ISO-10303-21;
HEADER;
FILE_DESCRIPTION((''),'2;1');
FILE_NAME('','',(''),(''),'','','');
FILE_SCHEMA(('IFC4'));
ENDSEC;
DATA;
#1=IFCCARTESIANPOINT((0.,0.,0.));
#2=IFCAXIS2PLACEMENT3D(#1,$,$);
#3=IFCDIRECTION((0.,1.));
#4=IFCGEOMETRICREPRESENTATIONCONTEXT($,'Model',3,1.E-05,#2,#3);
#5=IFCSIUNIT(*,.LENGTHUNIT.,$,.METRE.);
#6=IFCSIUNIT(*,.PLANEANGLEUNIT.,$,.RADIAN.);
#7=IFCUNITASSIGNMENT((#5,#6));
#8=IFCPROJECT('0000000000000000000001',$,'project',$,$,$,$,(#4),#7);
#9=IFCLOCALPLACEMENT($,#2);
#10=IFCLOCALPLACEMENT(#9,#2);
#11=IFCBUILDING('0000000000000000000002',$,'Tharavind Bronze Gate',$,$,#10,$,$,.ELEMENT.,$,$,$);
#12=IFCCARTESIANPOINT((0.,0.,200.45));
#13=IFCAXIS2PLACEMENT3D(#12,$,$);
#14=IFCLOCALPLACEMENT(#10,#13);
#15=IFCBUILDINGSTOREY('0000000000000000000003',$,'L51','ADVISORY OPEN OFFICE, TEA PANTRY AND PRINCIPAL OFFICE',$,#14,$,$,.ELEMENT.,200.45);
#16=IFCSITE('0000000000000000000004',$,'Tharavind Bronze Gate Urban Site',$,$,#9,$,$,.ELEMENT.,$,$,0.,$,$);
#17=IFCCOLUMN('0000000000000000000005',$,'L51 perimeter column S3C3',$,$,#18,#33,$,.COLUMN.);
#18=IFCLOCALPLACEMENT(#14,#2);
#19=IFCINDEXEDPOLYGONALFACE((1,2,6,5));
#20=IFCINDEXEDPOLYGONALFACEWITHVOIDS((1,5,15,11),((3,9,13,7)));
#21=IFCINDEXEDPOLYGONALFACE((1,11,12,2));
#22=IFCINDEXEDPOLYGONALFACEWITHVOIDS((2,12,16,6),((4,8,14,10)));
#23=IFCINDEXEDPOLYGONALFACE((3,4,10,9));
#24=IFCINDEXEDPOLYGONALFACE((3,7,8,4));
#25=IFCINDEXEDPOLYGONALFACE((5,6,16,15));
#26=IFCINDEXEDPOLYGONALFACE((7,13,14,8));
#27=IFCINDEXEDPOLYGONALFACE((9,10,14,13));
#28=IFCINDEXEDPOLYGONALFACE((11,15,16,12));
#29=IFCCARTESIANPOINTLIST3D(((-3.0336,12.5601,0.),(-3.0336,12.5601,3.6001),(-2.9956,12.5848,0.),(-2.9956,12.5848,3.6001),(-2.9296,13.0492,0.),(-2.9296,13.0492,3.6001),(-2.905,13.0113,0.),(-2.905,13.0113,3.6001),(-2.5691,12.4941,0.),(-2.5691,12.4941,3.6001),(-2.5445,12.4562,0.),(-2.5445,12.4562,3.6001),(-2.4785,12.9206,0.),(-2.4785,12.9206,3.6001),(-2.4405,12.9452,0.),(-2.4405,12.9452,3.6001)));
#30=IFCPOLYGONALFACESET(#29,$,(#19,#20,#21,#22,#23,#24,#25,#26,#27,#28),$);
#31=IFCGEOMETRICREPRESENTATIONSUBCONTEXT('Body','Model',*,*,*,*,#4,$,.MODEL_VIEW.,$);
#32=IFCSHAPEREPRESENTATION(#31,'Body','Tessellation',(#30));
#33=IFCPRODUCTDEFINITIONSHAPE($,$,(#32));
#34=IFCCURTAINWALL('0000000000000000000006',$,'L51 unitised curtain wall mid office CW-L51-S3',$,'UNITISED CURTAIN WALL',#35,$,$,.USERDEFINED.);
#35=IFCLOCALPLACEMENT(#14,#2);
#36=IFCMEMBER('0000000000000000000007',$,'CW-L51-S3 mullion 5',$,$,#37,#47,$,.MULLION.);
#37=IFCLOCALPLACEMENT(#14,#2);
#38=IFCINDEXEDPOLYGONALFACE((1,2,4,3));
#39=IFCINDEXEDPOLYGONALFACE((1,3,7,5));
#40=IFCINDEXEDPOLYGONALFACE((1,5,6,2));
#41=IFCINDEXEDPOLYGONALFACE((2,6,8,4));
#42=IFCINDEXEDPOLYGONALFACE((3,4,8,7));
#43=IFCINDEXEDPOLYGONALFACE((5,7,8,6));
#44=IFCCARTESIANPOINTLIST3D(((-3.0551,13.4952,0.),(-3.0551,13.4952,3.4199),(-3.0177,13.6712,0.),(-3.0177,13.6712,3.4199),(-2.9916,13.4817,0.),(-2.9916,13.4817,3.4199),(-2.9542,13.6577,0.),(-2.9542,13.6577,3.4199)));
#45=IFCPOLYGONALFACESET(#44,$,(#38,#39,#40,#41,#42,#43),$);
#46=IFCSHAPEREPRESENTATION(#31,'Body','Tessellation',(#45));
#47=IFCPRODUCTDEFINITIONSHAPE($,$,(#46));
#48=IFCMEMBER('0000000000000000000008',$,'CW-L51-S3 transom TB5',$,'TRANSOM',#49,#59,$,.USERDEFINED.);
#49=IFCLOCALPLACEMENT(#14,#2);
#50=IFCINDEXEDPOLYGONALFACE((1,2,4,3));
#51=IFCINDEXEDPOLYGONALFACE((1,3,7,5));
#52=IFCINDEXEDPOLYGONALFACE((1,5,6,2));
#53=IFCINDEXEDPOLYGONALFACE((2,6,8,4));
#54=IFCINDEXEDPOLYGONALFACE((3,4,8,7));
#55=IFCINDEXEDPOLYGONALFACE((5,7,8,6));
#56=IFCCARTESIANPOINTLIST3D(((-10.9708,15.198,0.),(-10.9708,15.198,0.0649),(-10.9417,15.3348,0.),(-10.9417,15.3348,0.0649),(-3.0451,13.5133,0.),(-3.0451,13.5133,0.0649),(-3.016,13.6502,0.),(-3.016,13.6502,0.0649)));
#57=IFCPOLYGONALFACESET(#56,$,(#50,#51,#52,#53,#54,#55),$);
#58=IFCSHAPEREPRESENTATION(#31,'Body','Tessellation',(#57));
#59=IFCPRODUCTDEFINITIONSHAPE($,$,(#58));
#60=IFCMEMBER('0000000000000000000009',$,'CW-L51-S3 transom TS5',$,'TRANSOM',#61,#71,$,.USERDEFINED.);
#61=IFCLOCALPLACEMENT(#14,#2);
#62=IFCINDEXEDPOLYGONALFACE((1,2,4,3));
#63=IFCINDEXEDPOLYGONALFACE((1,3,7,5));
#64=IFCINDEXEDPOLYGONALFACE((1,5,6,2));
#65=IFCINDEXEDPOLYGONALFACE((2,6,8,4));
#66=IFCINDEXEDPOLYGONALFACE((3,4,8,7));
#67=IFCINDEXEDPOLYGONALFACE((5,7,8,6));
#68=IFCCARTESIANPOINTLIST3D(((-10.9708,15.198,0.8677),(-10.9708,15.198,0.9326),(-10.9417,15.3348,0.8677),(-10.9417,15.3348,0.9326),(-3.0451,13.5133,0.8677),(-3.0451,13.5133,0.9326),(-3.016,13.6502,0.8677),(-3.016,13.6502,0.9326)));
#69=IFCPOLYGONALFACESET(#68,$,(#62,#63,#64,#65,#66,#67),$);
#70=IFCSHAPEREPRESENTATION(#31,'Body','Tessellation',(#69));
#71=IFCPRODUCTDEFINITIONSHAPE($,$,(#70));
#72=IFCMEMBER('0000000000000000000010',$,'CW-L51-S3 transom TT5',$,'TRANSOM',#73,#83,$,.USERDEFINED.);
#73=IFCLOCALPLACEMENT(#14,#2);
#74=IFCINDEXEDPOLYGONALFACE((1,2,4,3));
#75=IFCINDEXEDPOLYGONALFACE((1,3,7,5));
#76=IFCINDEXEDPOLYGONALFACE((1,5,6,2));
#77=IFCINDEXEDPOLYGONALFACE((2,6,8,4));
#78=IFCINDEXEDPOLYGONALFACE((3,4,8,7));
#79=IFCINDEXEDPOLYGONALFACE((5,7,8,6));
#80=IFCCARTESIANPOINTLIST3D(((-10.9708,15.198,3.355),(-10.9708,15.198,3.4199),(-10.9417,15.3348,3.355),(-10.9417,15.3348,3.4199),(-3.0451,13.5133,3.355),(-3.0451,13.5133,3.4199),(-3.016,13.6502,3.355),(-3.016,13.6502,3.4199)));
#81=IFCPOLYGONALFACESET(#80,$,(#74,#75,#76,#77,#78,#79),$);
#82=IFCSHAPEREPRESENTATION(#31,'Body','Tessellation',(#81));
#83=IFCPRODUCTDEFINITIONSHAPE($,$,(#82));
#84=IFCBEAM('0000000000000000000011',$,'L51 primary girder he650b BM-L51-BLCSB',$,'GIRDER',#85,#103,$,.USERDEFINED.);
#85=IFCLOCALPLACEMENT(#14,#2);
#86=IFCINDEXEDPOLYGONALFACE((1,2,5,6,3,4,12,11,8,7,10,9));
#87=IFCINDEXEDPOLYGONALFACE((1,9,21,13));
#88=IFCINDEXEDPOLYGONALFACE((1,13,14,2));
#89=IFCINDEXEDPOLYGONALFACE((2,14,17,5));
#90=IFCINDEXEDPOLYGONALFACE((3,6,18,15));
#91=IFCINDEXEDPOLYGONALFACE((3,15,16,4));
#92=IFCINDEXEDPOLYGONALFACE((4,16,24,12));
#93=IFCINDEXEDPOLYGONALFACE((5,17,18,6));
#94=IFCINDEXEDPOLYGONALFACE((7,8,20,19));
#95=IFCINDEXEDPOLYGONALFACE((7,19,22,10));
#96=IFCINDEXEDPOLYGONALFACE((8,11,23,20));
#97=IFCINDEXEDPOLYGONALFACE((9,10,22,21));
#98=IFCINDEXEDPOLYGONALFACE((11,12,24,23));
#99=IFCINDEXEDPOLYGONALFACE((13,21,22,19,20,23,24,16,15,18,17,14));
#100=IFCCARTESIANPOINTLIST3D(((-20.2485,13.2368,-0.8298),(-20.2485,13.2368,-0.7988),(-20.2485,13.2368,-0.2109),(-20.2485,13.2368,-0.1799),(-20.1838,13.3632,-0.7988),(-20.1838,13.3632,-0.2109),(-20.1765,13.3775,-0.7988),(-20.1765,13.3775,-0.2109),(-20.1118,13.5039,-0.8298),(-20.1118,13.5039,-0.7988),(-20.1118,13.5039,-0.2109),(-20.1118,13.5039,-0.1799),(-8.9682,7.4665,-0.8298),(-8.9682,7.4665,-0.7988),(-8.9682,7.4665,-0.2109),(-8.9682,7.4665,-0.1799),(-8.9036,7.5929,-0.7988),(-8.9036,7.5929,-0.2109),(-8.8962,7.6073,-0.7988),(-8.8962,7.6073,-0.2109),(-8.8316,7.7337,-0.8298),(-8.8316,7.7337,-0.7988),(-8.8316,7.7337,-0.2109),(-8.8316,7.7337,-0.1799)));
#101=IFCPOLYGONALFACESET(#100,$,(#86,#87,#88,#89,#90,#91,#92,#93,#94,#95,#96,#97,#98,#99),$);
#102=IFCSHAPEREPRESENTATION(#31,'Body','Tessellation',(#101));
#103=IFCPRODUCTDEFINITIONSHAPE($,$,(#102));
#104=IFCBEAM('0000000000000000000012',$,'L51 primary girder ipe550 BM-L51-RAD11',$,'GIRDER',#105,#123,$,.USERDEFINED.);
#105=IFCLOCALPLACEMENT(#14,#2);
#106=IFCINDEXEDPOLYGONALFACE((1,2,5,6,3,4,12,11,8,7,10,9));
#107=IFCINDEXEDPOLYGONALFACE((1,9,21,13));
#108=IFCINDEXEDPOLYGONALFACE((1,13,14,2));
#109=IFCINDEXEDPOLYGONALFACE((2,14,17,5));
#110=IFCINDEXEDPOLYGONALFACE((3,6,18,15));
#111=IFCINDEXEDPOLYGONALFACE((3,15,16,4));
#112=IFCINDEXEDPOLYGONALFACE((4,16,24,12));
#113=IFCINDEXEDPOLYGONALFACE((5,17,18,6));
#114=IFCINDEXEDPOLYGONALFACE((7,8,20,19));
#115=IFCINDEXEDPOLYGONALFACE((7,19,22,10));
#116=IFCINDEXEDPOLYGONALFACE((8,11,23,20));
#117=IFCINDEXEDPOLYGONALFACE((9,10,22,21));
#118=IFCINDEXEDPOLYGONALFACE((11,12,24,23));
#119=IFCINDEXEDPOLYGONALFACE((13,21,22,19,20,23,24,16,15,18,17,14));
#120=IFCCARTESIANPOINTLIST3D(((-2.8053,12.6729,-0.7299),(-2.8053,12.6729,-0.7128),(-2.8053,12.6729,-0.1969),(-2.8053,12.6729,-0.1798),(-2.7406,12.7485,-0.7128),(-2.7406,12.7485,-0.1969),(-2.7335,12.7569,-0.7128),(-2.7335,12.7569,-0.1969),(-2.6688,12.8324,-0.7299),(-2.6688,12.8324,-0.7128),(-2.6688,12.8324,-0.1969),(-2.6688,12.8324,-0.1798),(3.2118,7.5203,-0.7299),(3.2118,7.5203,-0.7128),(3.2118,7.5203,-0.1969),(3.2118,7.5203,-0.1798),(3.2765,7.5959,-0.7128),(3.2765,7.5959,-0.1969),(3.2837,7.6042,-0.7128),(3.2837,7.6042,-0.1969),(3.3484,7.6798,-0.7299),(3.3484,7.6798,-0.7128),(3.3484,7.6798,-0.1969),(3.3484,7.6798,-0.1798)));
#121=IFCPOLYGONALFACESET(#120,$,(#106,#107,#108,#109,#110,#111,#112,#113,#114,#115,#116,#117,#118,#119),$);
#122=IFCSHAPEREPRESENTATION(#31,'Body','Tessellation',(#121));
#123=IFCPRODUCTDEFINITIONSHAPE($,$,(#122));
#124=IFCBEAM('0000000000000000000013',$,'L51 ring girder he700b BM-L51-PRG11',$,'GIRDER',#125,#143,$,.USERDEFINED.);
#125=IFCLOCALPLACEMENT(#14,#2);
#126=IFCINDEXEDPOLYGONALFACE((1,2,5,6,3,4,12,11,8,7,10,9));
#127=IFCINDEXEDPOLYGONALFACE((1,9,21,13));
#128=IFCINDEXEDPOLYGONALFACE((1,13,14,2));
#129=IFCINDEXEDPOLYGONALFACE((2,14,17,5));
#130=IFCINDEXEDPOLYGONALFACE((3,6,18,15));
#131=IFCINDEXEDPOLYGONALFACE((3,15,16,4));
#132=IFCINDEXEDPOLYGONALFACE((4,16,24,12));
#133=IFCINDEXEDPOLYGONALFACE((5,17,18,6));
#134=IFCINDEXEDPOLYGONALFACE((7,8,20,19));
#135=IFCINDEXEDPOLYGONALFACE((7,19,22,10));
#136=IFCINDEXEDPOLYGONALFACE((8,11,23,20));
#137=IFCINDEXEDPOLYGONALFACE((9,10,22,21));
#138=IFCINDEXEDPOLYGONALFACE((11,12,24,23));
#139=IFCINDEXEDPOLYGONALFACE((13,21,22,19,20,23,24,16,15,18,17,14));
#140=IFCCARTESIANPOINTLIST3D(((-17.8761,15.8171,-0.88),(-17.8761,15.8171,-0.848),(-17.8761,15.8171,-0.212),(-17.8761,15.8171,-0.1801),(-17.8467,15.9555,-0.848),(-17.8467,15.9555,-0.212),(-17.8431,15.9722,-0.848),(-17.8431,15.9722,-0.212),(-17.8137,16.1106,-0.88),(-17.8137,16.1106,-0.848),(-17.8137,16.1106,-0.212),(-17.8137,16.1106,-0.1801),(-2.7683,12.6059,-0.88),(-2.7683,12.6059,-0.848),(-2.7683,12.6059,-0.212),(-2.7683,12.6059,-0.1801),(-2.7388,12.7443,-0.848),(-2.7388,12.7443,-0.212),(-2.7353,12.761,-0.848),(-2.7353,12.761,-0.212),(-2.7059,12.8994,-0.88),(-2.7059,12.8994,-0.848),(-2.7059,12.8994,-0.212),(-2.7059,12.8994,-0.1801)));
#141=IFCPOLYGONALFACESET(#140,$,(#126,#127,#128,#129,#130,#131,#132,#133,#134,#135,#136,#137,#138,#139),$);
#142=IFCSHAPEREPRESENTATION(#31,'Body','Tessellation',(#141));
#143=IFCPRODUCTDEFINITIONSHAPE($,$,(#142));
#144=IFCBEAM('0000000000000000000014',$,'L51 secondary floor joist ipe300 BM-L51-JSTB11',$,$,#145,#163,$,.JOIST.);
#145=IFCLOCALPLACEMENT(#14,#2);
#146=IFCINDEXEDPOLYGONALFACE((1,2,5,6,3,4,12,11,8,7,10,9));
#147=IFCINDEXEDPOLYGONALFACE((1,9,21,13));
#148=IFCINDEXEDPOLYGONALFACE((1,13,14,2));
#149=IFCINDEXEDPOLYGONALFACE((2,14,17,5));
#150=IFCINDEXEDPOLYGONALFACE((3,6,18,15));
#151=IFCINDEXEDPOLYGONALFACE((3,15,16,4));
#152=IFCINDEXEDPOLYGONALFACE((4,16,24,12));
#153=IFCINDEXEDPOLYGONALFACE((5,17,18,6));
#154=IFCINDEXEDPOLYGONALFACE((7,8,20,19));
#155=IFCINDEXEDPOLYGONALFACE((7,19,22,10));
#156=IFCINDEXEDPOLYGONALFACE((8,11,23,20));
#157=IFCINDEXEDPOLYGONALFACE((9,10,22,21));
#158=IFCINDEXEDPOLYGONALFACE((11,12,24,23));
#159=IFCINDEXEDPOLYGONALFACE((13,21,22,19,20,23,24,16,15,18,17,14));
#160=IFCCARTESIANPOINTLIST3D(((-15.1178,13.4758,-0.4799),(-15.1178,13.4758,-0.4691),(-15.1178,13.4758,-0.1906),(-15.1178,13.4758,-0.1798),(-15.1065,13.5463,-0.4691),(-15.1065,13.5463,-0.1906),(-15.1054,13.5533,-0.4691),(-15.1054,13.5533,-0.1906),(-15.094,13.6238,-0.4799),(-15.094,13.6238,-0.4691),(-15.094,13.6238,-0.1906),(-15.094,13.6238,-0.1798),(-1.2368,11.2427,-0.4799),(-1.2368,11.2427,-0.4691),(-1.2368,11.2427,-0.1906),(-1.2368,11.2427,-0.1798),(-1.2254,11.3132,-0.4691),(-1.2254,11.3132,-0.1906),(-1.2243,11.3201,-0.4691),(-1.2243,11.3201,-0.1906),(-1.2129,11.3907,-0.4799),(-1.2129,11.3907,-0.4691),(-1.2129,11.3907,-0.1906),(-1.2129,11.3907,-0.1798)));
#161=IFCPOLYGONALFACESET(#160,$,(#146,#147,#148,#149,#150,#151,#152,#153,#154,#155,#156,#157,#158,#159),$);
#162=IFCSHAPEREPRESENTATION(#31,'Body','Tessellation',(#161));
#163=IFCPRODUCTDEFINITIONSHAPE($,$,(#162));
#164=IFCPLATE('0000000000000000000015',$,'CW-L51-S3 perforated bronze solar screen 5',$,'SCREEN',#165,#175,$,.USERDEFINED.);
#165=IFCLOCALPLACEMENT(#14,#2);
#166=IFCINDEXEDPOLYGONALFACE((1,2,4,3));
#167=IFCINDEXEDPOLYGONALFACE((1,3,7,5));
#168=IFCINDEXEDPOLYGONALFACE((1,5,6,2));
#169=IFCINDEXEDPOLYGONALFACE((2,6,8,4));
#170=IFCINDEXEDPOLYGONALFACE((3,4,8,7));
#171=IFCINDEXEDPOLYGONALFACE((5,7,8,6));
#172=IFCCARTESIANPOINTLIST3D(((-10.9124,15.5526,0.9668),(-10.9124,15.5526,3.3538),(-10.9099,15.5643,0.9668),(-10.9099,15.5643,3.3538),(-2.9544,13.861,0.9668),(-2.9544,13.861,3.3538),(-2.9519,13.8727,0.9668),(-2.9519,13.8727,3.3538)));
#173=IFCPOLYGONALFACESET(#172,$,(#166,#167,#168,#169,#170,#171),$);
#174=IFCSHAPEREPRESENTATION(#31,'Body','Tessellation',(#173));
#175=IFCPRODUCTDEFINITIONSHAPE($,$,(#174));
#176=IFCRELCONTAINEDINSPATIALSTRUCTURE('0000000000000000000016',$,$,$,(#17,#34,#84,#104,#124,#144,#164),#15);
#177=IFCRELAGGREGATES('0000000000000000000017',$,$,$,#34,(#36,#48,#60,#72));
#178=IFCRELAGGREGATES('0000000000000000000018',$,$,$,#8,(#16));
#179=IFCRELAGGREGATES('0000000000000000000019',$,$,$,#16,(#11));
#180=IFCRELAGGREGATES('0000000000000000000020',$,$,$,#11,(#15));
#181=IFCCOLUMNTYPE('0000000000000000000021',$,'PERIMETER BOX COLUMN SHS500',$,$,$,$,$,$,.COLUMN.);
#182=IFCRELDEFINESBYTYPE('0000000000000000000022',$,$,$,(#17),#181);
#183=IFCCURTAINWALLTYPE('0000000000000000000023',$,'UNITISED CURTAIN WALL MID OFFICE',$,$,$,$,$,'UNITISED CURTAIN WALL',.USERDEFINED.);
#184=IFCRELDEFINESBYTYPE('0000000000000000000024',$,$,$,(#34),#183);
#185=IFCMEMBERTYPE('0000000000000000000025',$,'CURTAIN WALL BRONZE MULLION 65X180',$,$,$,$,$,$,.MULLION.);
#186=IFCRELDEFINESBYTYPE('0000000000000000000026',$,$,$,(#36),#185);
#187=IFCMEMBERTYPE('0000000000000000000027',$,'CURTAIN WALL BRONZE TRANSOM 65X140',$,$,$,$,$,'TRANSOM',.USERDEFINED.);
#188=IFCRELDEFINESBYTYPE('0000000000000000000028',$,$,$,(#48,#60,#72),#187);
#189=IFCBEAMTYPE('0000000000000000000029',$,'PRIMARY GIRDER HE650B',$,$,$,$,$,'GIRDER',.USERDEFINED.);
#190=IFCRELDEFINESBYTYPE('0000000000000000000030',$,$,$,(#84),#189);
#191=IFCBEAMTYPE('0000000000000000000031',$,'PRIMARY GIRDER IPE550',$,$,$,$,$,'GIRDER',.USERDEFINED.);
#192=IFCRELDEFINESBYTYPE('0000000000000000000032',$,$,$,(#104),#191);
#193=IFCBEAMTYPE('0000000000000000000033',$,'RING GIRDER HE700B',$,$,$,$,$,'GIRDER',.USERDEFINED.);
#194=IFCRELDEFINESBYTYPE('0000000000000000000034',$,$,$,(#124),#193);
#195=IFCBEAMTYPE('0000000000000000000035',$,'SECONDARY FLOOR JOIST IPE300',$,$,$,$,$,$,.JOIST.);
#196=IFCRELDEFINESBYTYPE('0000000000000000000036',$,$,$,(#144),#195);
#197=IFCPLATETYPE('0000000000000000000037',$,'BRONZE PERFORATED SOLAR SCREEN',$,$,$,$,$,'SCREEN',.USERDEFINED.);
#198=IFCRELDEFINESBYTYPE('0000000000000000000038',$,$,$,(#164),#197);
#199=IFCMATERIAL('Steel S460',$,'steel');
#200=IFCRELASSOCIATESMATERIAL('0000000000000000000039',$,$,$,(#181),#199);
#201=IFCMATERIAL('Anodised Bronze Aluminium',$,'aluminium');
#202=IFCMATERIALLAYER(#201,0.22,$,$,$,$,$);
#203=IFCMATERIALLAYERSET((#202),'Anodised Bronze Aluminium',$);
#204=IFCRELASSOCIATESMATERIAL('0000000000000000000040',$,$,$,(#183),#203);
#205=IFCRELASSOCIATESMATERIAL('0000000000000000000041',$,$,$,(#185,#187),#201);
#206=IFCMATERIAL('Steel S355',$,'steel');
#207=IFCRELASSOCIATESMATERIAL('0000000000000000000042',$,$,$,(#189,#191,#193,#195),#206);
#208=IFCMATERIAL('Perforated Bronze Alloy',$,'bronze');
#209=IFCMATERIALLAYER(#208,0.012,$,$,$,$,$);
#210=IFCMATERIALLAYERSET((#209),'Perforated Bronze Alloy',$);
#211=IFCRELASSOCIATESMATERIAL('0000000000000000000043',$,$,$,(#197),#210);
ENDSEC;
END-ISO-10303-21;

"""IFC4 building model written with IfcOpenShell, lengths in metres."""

from ifc_helpers import new_model, si_unit, direction, frame, origin, origin_2d, place, context, subcontext, project, spatial, rectangle, hollow_rectangle, i_section, extrude, material, layer, layer_set, material_profile, profile_set, type_object, element, aggregate, save


model = new_model("IFC4")

# Units and contexts
model_context = context("Model", 3, precision=1e-05, world=origin(), true_north=direction((0.0, 1.0)))
body_context = subcontext(model_context, "Body", "Model", "MODEL_VIEW")
ifc_project = project(units=[si_unit("LENGTHUNIT", "METRE"), si_unit("PLANEANGLEUNIT", "RADIAN")], contexts=[model_context])

# Site, building, storey
site_placement = place(None, origin())
site = spatial("IfcSite", under=ifc_project, at=site_placement, Name="Tharavind Bronze Gate Urban Site", CompositionType="ELEMENT", RefElevation=0.0)
building_placement = place(site_placement, origin())
building = spatial("IfcBuilding", under=site, at=building_placement, Name="Tharavind Bronze Gate", CompositionType="ELEMENT")
storey_placement = place(building_placement, frame((0.0, 0.0, 200.45)))
storey = spatial("IfcBuildingStorey", under=building, at=storey_placement, Name="L51", Description="ADVISORY OPEN OFFICE, TEA PANTRY AND PRINCIPAL OFFICE", CompositionType="ELEMENT", Elevation=200.45)

# Column
ifc_material_1 = material(Name="Steel S460", Category="steel")
ifc_material_profile_1 = material_profile(ifc_material_1, hollow_rectangle(XDim=0.5, YDim=0.5, WallThickness=0.032, at=origin_2d()), Name="SHS500X32")
ifc_profile_set_1 = profile_set([ifc_material_profile_1], Name="Steel S460")
column_type = type_object("IfcColumnType", Name="PERIMETER BOX COLUMN SHS500", PredefinedType="COLUMN", material=ifc_profile_set_1)
column_placement = place(storey_placement, frame((-2.7371, 12.7527, 0.0), z_axis=(0.0, 0.0, 1.0), x_axis=(-0.978148, 0.207912, 0.0)))
element("IfcColumn", 1, at=column_placement, inside=storey, type_object=column_type, Name="L51 perimeter column S3C3", PredefinedType="COLUMN", context=body_context, shape_type="SweptSolid", body=[
    extrude(hollow_rectangle(XDim=0.5, YDim=0.5, WallThickness=0.032, at=origin_2d()), origin(), (0.0, 0.0, 1.0), 3.6001),
])

# Curtain wall, members
ifc_material_2 = material(Name="Anodised Bronze Aluminium", Category="aluminium")
ifc_layer_1 = layer(ifc_material_2, 0.22)
ifc_layer_set_1 = layer_set([ifc_layer_1], Name="Anodised Bronze Aluminium")
curtain_wall_type = type_object("IfcCurtainWallType", Name="UNITISED CURTAIN WALL MID OFFICE", ElementType="UNITISED CURTAIN WALL", PredefinedType="USERDEFINED", material=ifc_layer_set_1)
curtain_wall_placement = place(storey_placement, origin())
curtain_wall = element("IfcCurtainWall", 2, at=curtain_wall_placement, inside=storey, type_object=curtain_wall_type, Name="L51 unitised curtain wall mid office CW-L51-S3", ObjectType="UNITISED CURTAIN WALL", PredefinedType="USERDEFINED")
member_type_1 = type_object("IfcMemberType", Name="CURTAIN WALL BRONZE MULLION 65X180", PredefinedType="MULLION", material=ifc_material_2)
member_1_placement = place(storey_placement, frame((-3.0046, 13.5764, 0.0), z_axis=(0.0, 0.0, 1.0), x_axis=(-0.978148, 0.207912, 0.0)))
member_1 = element("IfcMember", 3, at=member_1_placement, type_object=member_type_1, Name="CW-L51-S3 mullion 5", PredefinedType="MULLION", context=body_context, shape_type="SweptSolid", body=[
    extrude(rectangle(XDim=0.0649, YDim=0.1799, at=origin_2d()), origin(), (0.0, 0.0, 1.0), 3.4199),
])
member_type_2 = type_object("IfcMemberType", Name="CURTAIN WALL BRONZE TRANSOM 65X140", ElementType="TRANSOM", PredefinedType="USERDEFINED", material=ifc_material_2)
member_2_placement = place(storey_placement, frame((-6.9934, 14.4241, 0.0), z_axis=(0.0, 0.0, 1.0), x_axis=(-0.978148, 0.207912, 0.0)))
member_2 = element("IfcMember", 4, at=member_2_placement, type_object=member_type_2, Name="CW-L51-S3 transom TB5", ObjectType="TRANSOM", PredefinedType="USERDEFINED", context=body_context, shape_type="SweptSolid", body=[
    extrude(rectangle(XDim=8.1028, YDim=0.1399, at=origin_2d()), origin(), (0.0, 0.0, 1.0), 0.0649),
])
member_3_placement = place(storey_placement, frame((-6.9934, 14.4241, 0.8677), z_axis=(0.0, 0.0, 1.0), x_axis=(-0.978148, 0.207912, 0.0)))
member_3 = element("IfcMember", 5, at=member_3_placement, type_object=member_type_2, Name="CW-L51-S3 transom TS5", ObjectType="TRANSOM", PredefinedType="USERDEFINED", context=body_context, shape_type="SweptSolid", body=[
    extrude(rectangle(XDim=8.1028, YDim=0.1399, at=origin_2d()), origin(), (0.0, 0.0, 1.0), 0.0649),
])
member_4_placement = place(storey_placement, frame((-6.9934, 14.4241, 3.355), z_axis=(0.0, 0.0, 1.0), x_axis=(-0.978148, 0.207912, 0.0)))
member_4 = element("IfcMember", 6, at=member_4_placement, type_object=member_type_2, Name="CW-L51-S3 transom TT5", ObjectType="TRANSOM", PredefinedType="USERDEFINED", context=body_context, shape_type="SweptSolid", body=[
    extrude(rectangle(XDim=8.1028, YDim=0.1399, at=origin_2d()), origin(), (0.0, 0.0, 1.0), 0.0649),
])

# Beams
ifc_material_3 = material(Name="Steel S355", Category="steel")
ifc_material_profile_2 = material_profile(ifc_material_3, i_section(OverallWidth=0.3, OverallDepth=0.6499, WebThickness=0.0161, FlangeThickness=0.031, at=origin_2d()), Name="HE650B")
ifc_profile_set_2 = profile_set([ifc_material_profile_2], Name="Steel S355")
beam_type_1 = type_object("IfcBeamType", Name="PRIMARY GIRDER HE650B", ElementType="GIRDER", PredefinedType="USERDEFINED", material=ifc_profile_set_2)
beam_1_placement = place(storey_placement, frame((-8.8999, 7.6001, -0.5049), z_axis=(-0.890281, 0.455411, 0.0), x_axis=(-0.455411, -0.890281, 0.0)))
element("IfcBeam", 7, at=beam_1_placement, inside=storey, type_object=beam_type_1, Name="L51 primary girder he650b BM-L51-BLCSB", ObjectType="GIRDER", PredefinedType="USERDEFINED", context=body_context, shape_type="SweptSolid", body=[
    extrude(i_section(OverallWidth=0.3, OverallDepth=0.6499, WebThickness=0.0161, FlangeThickness=0.031, at=origin_2d()), origin(), (0.0, 0.0, 1.0), 12.6704),
])
ifc_material_profile_3 = material_profile(ifc_material_3, i_section(OverallWidth=0.21, OverallDepth=0.55, WebThickness=0.011, FlangeThickness=0.0171, at=origin_2d()), Name="IPE550")
ifc_profile_set_3 = profile_set([ifc_material_profile_3], Name="Steel S355")
beam_type_2 = type_object("IfcBeamType", Name="PRIMARY GIRDER IPE550", ElementType="GIRDER", PredefinedType="USERDEFINED", material=ifc_profile_set_3)
beam_2_placement = place(storey_placement, frame((-2.7371, 12.7527, -0.4548), z_axis=(0.759563, -0.650433, 0.0), x_axis=(0.650433, 0.759563, 0.0)))
element("IfcBeam", 8, at=beam_2_placement, inside=storey, type_object=beam_type_2, Name="L51 primary girder ipe550 BM-L51-RAD11", ObjectType="GIRDER", PredefinedType="USERDEFINED", context=body_context, shape_type="SweptSolid", body=[
    extrude(i_section(OverallWidth=0.21, OverallDepth=0.55, WebThickness=0.011, FlangeThickness=0.0171, at=origin_2d()), origin(), (0.0, 0.0, 1.0), 7.9219),
])
ifc_material_profile_4 = material_profile(ifc_material_3, i_section(OverallWidth=0.3, OverallDepth=0.7, WebThickness=0.0171, FlangeThickness=0.032, at=origin_2d()), Name="HE700B")
ifc_profile_set_4 = profile_set([ifc_material_profile_4], Name="Steel S355")
beam_type_3 = type_object("IfcBeamType", Name="RING GIRDER HE700B", ElementType="GIRDER", PredefinedType="USERDEFINED", material=ifc_profile_set_4)
beam_3_placement = place(storey_placement, frame((-2.7371, 12.7527, -0.53), z_axis=(-0.978149, 0.207905, 0.0), x_axis=(-0.207905, -0.978149, 0.0)))
element("IfcBeam", 9, at=beam_3_placement, inside=storey, type_object=beam_type_3, Name="L51 ring girder he700b BM-L51-PRG11", ObjectType="GIRDER", PredefinedType="USERDEFINED", context=body_context, shape_type="SweptSolid", body=[
    extrude(i_section(OverallWidth=0.3, OverallDepth=0.7, WebThickness=0.0171, FlangeThickness=0.032, at=origin_2d()), origin(), (0.0, 0.0, 1.0), 15.4453),
])
ifc_material_profile_5 = material_profile(ifc_material_3, i_section(OverallWidth=0.1499, OverallDepth=0.3, WebThickness=0.0071, FlangeThickness=0.0107, at=origin_2d()), Name="IPE300")
ifc_profile_set_5 = profile_set([ifc_material_profile_5], Name="Steel S355")
beam_type_4 = type_object("IfcBeamType", Name="SECONDARY FLOOR JOIST IPE300", PredefinedType="JOIST", material=ifc_profile_set_5)
beam_4_placement = place(storey_placement, frame((-1.2249, 11.3167, -0.3298), z_axis=(-0.987305, 0.158835, 0.0), x_axis=(-0.158835, -0.987305, 0.0)))
element("IfcBeam", 10, at=beam_4_placement, inside=storey, type_object=beam_type_4, Name="L51 secondary floor joist ipe300 BM-L51-JSTB11", PredefinedType="JOIST", context=body_context, shape_type="SweptSolid", body=[
    extrude(i_section(OverallWidth=0.1499, OverallDepth=0.3, WebThickness=0.0071, FlangeThickness=0.0107, at=origin_2d()), origin(), (0.0, 0.0, 1.0), 14.0596),
])

# Plate
ifc_material_4 = material(Name="Perforated Bronze Alloy", Category="bronze")
ifc_layer_2 = layer(ifc_material_4, 0.012)
ifc_layer_set_2 = layer_set([ifc_layer_2], Name="Perforated Bronze Alloy")
plate_type_1 = type_object("IfcPlateType", Name="BRONZE PERFORATED SOLAR SCREEN", ElementType="SCREEN", PredefinedType="USERDEFINED", material=ifc_layer_set_2)
plate_1_placement = place(storey_placement, frame((-6.9321, 14.7126, 0.9668), z_axis=(0.0, 0.0, 1.0), x_axis=(-0.978148, 0.207912, 0.0)))
element("IfcPlate", 11, at=plate_1_placement, inside=storey, type_object=plate_type_1, Name="CW-L51-S3 perforated bronze solar screen 5", ObjectType="SCREEN", PredefinedType="USERDEFINED", context=body_context, shape_type="SweptSolid", body=[
    extrude(rectangle(XDim=8.1357, YDim=0.012, at=origin_2d()), origin(), (0.0, 0.0, 1.0), 2.387),
])
aggregate(curtain_wall, [member_1, member_2, member_3, member_4])

save(model, "model.ifc")
